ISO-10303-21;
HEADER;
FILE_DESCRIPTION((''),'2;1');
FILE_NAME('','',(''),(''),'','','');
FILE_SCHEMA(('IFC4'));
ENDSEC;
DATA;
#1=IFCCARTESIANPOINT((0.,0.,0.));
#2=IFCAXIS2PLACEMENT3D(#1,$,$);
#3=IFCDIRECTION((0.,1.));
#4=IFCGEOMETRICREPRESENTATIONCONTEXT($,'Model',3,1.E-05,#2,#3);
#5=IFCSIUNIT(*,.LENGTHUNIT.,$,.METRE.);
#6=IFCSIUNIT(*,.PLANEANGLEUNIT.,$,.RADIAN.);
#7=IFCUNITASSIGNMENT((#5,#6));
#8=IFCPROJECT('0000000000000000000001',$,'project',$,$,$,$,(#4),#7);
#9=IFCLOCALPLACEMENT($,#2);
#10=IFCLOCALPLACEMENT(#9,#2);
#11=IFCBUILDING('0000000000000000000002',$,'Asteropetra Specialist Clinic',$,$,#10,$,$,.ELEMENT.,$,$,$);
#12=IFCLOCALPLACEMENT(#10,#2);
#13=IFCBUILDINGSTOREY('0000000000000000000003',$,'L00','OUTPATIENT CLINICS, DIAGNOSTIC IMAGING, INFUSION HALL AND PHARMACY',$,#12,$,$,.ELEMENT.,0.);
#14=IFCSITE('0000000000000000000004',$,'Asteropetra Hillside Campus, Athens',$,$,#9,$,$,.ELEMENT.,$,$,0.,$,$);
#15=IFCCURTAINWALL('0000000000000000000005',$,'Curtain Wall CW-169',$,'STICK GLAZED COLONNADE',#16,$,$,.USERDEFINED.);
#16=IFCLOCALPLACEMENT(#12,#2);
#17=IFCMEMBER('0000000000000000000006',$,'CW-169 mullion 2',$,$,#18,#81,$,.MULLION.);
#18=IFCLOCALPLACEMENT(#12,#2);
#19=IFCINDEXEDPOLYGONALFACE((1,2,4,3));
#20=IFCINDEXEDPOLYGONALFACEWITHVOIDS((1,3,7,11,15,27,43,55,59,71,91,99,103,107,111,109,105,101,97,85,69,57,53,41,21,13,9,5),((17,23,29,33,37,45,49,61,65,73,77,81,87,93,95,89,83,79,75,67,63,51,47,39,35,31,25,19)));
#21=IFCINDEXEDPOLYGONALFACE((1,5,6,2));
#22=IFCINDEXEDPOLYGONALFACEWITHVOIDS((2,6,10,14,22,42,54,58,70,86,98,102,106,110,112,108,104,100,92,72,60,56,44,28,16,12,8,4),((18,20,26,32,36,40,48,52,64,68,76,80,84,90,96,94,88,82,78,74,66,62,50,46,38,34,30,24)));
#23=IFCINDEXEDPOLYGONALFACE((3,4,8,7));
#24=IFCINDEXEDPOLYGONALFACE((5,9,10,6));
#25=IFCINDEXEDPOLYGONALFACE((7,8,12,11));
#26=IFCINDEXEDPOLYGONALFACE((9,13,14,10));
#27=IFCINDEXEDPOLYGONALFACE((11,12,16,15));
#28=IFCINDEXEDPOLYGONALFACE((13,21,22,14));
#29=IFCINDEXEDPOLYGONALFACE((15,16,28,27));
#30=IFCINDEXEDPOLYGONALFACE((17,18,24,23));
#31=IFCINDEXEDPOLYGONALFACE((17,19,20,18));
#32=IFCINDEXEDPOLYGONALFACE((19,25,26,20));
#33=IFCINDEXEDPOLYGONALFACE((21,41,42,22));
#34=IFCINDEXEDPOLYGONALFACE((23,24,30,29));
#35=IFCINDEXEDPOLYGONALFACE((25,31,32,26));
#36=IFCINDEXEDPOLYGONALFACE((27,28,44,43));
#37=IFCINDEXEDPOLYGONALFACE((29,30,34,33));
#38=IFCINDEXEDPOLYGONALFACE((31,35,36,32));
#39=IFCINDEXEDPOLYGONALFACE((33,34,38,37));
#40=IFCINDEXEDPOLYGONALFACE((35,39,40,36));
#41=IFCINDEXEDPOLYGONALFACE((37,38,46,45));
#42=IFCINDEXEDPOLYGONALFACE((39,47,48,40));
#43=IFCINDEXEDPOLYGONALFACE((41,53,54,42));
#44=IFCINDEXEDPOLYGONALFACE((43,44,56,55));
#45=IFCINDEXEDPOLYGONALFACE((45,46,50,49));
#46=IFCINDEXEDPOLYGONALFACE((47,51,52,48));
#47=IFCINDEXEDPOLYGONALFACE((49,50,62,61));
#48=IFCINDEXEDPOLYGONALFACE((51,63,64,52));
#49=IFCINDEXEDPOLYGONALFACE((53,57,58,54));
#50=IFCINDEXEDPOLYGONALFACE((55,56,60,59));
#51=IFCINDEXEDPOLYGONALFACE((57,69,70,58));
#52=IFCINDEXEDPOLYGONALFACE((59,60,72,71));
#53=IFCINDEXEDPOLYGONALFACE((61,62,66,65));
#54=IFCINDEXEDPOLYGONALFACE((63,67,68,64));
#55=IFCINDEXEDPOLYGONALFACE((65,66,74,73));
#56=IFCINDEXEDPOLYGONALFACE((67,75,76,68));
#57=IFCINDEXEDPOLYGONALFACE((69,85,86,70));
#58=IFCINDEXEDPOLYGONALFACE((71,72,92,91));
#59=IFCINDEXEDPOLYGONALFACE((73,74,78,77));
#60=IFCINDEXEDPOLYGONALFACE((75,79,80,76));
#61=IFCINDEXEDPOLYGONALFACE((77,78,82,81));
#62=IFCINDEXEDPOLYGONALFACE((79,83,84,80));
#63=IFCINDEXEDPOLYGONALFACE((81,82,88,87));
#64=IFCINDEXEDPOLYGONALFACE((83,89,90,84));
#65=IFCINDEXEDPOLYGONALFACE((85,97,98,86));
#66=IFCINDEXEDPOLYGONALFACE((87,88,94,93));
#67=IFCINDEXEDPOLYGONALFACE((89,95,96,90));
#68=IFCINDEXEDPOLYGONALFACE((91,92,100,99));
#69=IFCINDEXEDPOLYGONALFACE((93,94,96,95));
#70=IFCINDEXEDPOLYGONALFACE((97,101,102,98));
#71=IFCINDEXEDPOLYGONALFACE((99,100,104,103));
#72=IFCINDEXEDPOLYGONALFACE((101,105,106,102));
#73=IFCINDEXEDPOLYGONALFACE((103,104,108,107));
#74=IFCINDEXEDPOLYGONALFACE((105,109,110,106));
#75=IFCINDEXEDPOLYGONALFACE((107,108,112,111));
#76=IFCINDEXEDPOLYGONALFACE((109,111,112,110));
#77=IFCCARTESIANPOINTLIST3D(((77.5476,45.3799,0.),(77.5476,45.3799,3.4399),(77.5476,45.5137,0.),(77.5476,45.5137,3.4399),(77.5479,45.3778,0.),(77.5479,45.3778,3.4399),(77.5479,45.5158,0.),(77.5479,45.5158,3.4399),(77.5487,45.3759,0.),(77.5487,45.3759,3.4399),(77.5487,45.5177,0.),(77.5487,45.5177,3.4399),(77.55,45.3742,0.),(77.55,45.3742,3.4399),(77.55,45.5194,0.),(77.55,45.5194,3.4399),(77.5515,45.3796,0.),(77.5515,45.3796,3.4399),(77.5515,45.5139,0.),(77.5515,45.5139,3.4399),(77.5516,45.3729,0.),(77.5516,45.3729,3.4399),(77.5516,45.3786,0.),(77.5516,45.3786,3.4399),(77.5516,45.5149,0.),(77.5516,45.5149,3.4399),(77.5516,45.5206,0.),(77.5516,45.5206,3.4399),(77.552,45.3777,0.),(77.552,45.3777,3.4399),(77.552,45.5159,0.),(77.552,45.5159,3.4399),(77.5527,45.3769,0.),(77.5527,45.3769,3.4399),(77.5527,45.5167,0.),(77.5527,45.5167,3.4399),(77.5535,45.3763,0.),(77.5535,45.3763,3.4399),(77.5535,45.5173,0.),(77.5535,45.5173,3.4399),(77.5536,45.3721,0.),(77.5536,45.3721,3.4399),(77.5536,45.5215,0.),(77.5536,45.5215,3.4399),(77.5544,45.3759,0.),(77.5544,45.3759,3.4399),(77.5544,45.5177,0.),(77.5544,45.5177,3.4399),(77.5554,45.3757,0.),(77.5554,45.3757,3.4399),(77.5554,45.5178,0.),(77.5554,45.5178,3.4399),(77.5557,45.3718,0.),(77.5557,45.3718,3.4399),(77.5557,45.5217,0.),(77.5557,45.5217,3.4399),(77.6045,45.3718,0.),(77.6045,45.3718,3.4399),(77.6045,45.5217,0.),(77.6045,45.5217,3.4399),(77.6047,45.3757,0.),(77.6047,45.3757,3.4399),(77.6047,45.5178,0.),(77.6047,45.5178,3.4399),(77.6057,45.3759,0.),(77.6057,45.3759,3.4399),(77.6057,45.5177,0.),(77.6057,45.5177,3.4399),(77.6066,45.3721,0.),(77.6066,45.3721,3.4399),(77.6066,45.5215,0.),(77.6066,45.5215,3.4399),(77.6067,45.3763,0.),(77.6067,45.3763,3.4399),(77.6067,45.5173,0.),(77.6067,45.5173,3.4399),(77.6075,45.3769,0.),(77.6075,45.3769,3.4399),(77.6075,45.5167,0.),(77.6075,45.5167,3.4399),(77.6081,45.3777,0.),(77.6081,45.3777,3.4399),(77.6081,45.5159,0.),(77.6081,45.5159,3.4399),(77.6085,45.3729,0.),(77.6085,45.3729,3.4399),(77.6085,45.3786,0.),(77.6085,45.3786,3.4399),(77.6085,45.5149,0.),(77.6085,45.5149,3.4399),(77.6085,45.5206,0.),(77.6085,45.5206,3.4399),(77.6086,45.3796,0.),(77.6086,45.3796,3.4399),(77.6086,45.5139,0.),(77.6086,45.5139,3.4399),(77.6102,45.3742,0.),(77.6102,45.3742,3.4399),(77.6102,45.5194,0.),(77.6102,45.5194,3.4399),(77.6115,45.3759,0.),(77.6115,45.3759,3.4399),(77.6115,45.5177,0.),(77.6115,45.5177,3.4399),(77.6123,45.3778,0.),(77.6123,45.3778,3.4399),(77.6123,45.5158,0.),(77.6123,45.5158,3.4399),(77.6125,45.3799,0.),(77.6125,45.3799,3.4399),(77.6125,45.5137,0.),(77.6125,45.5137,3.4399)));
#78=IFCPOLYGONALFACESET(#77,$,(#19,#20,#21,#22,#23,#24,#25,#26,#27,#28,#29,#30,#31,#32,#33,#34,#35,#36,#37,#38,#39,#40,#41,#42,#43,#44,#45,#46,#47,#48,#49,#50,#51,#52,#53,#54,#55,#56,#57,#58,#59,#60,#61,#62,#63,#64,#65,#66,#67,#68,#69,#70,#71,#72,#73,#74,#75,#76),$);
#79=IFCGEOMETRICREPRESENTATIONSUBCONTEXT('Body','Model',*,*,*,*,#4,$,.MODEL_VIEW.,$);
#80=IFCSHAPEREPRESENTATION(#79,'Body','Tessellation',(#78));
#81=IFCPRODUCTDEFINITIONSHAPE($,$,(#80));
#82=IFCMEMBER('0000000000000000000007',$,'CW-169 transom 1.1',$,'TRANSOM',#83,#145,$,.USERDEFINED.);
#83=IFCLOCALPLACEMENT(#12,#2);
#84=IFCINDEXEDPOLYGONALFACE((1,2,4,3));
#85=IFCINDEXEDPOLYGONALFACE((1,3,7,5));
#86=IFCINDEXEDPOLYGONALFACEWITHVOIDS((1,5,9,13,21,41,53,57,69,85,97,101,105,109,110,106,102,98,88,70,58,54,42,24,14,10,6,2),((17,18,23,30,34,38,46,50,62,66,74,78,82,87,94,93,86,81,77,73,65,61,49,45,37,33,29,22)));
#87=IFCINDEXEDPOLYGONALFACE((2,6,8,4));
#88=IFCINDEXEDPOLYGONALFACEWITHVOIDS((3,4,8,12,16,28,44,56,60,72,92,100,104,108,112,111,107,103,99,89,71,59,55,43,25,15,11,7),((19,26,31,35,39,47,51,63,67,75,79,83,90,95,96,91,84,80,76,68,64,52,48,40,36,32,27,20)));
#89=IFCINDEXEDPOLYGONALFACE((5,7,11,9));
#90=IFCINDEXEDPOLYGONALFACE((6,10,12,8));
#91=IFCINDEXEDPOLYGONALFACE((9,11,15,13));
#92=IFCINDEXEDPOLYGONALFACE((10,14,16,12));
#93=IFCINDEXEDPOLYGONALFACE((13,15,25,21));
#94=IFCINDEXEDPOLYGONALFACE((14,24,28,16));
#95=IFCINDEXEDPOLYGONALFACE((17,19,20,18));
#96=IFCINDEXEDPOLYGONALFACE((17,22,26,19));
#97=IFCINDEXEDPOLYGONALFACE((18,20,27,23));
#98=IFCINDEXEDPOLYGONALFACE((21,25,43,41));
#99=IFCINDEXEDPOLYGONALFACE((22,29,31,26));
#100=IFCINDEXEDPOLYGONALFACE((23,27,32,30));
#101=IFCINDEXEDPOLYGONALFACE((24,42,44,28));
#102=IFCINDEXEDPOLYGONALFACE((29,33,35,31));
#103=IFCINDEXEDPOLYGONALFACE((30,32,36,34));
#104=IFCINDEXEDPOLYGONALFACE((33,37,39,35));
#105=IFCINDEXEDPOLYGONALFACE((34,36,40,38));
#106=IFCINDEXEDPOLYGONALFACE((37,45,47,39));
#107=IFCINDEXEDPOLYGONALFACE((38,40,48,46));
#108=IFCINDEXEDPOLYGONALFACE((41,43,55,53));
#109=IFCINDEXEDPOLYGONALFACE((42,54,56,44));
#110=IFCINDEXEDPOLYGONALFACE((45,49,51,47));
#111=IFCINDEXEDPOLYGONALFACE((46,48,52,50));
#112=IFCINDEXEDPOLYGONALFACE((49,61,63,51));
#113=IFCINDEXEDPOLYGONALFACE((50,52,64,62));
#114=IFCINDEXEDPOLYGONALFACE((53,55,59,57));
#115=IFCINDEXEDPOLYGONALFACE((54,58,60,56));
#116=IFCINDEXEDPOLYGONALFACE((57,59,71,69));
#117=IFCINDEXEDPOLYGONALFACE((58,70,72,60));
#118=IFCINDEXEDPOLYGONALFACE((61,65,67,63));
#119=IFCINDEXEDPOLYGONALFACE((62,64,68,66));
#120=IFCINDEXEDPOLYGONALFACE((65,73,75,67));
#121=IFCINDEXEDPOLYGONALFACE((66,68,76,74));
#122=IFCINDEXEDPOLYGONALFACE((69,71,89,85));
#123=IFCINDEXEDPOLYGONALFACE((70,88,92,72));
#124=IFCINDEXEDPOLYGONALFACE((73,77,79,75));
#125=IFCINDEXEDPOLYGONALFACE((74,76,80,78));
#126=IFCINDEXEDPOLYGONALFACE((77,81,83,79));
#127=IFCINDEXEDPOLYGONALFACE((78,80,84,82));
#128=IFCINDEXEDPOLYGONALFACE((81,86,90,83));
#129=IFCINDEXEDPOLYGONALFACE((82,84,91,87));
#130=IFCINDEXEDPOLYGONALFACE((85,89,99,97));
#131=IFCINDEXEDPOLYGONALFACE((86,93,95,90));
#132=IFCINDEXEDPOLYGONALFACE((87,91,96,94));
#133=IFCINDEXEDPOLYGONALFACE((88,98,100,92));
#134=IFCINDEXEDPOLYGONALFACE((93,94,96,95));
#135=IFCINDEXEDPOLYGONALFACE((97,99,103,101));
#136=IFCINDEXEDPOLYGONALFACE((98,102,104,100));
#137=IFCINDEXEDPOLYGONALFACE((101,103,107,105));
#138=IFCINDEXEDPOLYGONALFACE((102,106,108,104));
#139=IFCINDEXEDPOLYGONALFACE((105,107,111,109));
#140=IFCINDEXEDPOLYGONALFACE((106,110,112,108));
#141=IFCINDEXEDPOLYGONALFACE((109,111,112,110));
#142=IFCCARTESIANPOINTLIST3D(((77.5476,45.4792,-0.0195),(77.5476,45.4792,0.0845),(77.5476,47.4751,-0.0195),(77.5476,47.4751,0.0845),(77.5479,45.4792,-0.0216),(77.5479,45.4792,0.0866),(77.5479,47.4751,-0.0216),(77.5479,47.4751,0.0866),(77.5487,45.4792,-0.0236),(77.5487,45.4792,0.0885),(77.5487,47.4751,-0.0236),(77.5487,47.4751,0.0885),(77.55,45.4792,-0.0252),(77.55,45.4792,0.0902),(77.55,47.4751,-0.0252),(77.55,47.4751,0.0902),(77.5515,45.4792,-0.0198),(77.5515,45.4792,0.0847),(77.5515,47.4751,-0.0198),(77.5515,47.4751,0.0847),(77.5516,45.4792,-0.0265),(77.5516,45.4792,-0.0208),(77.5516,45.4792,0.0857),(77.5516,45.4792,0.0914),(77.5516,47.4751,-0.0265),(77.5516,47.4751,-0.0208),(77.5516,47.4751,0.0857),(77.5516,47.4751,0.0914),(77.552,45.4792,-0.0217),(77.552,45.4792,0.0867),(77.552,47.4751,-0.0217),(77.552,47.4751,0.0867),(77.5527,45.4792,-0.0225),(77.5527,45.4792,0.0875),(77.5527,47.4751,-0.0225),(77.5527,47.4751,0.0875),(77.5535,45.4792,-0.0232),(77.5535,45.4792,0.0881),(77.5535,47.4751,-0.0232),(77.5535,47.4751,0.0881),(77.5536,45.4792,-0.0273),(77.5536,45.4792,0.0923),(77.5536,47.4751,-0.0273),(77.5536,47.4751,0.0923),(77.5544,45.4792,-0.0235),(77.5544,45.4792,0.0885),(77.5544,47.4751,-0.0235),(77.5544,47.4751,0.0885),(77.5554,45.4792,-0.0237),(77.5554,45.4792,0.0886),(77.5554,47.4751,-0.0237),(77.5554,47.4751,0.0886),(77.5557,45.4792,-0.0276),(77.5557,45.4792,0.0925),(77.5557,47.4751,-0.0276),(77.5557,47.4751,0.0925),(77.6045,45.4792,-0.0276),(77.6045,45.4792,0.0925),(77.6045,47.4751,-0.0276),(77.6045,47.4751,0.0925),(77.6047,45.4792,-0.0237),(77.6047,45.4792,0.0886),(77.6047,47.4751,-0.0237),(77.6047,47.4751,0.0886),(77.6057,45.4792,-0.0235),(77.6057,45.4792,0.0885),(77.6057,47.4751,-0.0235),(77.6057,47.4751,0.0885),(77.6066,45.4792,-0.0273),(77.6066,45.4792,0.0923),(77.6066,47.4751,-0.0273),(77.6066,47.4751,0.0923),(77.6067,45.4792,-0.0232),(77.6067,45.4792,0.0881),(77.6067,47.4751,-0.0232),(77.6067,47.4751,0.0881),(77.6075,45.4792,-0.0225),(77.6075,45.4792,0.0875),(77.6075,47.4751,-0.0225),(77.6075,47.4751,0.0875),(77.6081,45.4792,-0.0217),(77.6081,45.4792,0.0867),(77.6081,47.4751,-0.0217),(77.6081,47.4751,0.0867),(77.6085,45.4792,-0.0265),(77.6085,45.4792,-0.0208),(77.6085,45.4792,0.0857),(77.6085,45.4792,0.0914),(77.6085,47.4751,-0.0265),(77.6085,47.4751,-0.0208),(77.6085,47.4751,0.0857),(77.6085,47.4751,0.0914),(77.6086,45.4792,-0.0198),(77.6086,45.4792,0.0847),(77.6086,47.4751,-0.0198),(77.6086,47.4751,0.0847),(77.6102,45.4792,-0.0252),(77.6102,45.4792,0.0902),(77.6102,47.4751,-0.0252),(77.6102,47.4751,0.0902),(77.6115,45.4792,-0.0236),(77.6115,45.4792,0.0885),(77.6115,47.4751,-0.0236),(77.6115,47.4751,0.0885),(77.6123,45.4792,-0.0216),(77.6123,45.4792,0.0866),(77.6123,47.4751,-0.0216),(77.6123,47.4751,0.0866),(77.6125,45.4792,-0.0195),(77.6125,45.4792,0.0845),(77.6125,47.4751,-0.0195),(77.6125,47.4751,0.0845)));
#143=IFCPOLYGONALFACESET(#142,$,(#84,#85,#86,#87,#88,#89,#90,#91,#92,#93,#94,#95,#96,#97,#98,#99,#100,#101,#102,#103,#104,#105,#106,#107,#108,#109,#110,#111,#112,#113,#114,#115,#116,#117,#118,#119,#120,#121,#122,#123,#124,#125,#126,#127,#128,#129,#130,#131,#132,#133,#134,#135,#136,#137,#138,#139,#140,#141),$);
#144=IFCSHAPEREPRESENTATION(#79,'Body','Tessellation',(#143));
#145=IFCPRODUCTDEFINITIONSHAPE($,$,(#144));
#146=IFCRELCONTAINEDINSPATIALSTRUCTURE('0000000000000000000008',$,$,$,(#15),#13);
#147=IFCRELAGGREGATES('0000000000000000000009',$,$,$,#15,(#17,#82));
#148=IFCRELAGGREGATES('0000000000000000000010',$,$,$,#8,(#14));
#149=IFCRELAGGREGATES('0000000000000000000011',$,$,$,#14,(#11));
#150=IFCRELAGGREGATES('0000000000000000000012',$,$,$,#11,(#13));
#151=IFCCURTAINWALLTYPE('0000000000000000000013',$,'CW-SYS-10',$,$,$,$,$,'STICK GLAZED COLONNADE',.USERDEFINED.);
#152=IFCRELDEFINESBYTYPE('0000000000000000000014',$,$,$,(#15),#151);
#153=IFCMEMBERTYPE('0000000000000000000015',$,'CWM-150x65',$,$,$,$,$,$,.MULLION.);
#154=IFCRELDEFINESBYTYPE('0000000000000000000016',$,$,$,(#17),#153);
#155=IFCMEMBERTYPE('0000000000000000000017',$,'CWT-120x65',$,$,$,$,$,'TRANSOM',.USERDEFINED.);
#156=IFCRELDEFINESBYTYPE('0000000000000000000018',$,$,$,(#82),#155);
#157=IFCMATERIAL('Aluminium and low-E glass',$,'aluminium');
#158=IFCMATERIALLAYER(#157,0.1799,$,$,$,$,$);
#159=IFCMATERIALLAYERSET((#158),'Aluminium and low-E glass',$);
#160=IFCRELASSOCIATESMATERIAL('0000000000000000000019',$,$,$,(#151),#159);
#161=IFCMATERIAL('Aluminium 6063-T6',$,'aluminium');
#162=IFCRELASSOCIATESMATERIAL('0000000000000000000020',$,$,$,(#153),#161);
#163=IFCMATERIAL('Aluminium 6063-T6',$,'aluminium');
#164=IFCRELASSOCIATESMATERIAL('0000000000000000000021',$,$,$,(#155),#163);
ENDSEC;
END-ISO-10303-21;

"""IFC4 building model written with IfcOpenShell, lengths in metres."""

from ifc_helpers import new_model, si_unit, direction, frame, origin, origin_2d, place, context, subcontext, project, spatial, hollow_rectangle, extrude, material, layer, layer_set, material_profile, profile_set, type_object, element, aggregate, save


model = new_model("IFC4")

# Units and contexts
model_context = context("Model", 3, precision=1e-05, world=origin(), true_north=direction((0.0, 1.0)))
body_context = subcontext(model_context, "Body", "Model", "MODEL_VIEW")
ifc_project = project(units=[si_unit("LENGTHUNIT", "METRE"), si_unit("PLANEANGLEUNIT", "RADIAN")], contexts=[model_context])

# Site, building, storey
site_placement = place(None, origin())
site = spatial("IfcSite", under=ifc_project, at=site_placement, Name="Asteropetra Hillside Campus, Athens", CompositionType="ELEMENT", RefElevation=0.0)
building_placement = place(site_placement, origin())
building = spatial("IfcBuilding", under=site, at=building_placement, Name="Asteropetra Specialist Clinic", CompositionType="ELEMENT")
storey_placement = place(building_placement, origin())
storey = spatial("IfcBuildingStorey", under=building, at=storey_placement, Name="L00", Description="OUTPATIENT CLINICS, DIAGNOSTIC IMAGING, INFUSION HALL AND PHARMACY", CompositionType="ELEMENT", Elevation=0.0)

# Curtain wall, members
ifc_material_1 = material(Name="Aluminium and low-E glass", Category="aluminium")
ifc_layer_1 = layer(ifc_material_1, 0.1799)
ifc_layer_set_1 = layer_set([ifc_layer_1], Name="Aluminium and low-E glass")
curtain_wall_type = type_object("IfcCurtainWallType", Name="CW-SYS-10", ElementType="STICK GLAZED COLONNADE", PredefinedType="USERDEFINED", material=ifc_layer_set_1)
curtain_wall_placement = place(storey_placement, origin())
curtain_wall = element("IfcCurtainWall", 1, at=curtain_wall_placement, inside=storey, type_object=curtain_wall_type, Name="Curtain Wall CW-169", ObjectType="STICK GLAZED COLONNADE", PredefinedType="USERDEFINED")
ifc_material_2 = material(Name="Aluminium 6063-T6", Category="aluminium")
ifc_material_profile_1 = material_profile(ifc_material_2, hollow_rectangle(XDim=0.0649, YDim=0.1499, WallThickness=0.0039, InnerFilletRadius=0.0039, OuterFilletRadius=0.0081, at=origin_2d()), Name="MUL 150x65x4.0")
ifc_profile_set_1 = profile_set([ifc_material_profile_1], Name="Aluminium 6063-T6")
member_type_1 = type_object("IfcMemberType", Name="CWM-150x65", PredefinedType="MULLION", material=ifc_profile_set_1)
member_1_placement = place(storey_placement, frame((77.5801, 45.4468, 0.0), z_axis=(0.0, 0.0, 1.0), x_axis=(1.0, 0.0, 0.0)))
member_1 = element("IfcMember", 2, at=member_1_placement, type_object=member_type_1, Name="CW-169 mullion 2", PredefinedType="MULLION", context=body_context, shape_type="SweptSolid", body=[
    extrude(hollow_rectangle(XDim=0.0649, YDim=0.1499, WallThickness=0.0039, InnerFilletRadius=0.0039, OuterFilletRadius=0.0081, at=origin_2d()), origin(), (0.0, 0.0, 1.0), 3.4399),
])
ifc_material_3 = material(Name="Aluminium 6063-T6", Category="aluminium")
ifc_material_profile_2 = material_profile(ifc_material_3, hollow_rectangle(XDim=0.0649, YDim=0.1201, WallThickness=0.0039, InnerFilletRadius=0.0039, OuterFilletRadius=0.0081, at=origin_2d()), Name="TRN 120x65x4.0")
ifc_profile_set_2 = profile_set([ifc_material_profile_2], Name="Aluminium 6063-T6")
member_type_2 = type_object("IfcMemberType", Name="CWT-120x65", ElementType="TRANSOM", PredefinedType="USERDEFINED", material=ifc_profile_set_2)
member_2_placement = place(storey_placement, frame((77.5801, 47.4751, 0.0325), z_axis=(0.0, -1.0, 0.0), x_axis=(1.0, 0.0, 0.0)))
member_2 = element("IfcMember", 3, at=member_2_placement, type_object=member_type_2, Name="CW-169 transom 1.1", ObjectType="TRANSOM", PredefinedType="USERDEFINED", context=body_context, shape_type="SweptSolid", body=[
    extrude(hollow_rectangle(XDim=0.0649, YDim=0.1201, WallThickness=0.0039, InnerFilletRadius=0.0039, OuterFilletRadius=0.0081, at=origin_2d()), origin(), (0.0, 0.0, 1.0), 1.9958),
])
aggregate(curtain_wall, [member_1, member_2])

save(model, "model.ifc")
